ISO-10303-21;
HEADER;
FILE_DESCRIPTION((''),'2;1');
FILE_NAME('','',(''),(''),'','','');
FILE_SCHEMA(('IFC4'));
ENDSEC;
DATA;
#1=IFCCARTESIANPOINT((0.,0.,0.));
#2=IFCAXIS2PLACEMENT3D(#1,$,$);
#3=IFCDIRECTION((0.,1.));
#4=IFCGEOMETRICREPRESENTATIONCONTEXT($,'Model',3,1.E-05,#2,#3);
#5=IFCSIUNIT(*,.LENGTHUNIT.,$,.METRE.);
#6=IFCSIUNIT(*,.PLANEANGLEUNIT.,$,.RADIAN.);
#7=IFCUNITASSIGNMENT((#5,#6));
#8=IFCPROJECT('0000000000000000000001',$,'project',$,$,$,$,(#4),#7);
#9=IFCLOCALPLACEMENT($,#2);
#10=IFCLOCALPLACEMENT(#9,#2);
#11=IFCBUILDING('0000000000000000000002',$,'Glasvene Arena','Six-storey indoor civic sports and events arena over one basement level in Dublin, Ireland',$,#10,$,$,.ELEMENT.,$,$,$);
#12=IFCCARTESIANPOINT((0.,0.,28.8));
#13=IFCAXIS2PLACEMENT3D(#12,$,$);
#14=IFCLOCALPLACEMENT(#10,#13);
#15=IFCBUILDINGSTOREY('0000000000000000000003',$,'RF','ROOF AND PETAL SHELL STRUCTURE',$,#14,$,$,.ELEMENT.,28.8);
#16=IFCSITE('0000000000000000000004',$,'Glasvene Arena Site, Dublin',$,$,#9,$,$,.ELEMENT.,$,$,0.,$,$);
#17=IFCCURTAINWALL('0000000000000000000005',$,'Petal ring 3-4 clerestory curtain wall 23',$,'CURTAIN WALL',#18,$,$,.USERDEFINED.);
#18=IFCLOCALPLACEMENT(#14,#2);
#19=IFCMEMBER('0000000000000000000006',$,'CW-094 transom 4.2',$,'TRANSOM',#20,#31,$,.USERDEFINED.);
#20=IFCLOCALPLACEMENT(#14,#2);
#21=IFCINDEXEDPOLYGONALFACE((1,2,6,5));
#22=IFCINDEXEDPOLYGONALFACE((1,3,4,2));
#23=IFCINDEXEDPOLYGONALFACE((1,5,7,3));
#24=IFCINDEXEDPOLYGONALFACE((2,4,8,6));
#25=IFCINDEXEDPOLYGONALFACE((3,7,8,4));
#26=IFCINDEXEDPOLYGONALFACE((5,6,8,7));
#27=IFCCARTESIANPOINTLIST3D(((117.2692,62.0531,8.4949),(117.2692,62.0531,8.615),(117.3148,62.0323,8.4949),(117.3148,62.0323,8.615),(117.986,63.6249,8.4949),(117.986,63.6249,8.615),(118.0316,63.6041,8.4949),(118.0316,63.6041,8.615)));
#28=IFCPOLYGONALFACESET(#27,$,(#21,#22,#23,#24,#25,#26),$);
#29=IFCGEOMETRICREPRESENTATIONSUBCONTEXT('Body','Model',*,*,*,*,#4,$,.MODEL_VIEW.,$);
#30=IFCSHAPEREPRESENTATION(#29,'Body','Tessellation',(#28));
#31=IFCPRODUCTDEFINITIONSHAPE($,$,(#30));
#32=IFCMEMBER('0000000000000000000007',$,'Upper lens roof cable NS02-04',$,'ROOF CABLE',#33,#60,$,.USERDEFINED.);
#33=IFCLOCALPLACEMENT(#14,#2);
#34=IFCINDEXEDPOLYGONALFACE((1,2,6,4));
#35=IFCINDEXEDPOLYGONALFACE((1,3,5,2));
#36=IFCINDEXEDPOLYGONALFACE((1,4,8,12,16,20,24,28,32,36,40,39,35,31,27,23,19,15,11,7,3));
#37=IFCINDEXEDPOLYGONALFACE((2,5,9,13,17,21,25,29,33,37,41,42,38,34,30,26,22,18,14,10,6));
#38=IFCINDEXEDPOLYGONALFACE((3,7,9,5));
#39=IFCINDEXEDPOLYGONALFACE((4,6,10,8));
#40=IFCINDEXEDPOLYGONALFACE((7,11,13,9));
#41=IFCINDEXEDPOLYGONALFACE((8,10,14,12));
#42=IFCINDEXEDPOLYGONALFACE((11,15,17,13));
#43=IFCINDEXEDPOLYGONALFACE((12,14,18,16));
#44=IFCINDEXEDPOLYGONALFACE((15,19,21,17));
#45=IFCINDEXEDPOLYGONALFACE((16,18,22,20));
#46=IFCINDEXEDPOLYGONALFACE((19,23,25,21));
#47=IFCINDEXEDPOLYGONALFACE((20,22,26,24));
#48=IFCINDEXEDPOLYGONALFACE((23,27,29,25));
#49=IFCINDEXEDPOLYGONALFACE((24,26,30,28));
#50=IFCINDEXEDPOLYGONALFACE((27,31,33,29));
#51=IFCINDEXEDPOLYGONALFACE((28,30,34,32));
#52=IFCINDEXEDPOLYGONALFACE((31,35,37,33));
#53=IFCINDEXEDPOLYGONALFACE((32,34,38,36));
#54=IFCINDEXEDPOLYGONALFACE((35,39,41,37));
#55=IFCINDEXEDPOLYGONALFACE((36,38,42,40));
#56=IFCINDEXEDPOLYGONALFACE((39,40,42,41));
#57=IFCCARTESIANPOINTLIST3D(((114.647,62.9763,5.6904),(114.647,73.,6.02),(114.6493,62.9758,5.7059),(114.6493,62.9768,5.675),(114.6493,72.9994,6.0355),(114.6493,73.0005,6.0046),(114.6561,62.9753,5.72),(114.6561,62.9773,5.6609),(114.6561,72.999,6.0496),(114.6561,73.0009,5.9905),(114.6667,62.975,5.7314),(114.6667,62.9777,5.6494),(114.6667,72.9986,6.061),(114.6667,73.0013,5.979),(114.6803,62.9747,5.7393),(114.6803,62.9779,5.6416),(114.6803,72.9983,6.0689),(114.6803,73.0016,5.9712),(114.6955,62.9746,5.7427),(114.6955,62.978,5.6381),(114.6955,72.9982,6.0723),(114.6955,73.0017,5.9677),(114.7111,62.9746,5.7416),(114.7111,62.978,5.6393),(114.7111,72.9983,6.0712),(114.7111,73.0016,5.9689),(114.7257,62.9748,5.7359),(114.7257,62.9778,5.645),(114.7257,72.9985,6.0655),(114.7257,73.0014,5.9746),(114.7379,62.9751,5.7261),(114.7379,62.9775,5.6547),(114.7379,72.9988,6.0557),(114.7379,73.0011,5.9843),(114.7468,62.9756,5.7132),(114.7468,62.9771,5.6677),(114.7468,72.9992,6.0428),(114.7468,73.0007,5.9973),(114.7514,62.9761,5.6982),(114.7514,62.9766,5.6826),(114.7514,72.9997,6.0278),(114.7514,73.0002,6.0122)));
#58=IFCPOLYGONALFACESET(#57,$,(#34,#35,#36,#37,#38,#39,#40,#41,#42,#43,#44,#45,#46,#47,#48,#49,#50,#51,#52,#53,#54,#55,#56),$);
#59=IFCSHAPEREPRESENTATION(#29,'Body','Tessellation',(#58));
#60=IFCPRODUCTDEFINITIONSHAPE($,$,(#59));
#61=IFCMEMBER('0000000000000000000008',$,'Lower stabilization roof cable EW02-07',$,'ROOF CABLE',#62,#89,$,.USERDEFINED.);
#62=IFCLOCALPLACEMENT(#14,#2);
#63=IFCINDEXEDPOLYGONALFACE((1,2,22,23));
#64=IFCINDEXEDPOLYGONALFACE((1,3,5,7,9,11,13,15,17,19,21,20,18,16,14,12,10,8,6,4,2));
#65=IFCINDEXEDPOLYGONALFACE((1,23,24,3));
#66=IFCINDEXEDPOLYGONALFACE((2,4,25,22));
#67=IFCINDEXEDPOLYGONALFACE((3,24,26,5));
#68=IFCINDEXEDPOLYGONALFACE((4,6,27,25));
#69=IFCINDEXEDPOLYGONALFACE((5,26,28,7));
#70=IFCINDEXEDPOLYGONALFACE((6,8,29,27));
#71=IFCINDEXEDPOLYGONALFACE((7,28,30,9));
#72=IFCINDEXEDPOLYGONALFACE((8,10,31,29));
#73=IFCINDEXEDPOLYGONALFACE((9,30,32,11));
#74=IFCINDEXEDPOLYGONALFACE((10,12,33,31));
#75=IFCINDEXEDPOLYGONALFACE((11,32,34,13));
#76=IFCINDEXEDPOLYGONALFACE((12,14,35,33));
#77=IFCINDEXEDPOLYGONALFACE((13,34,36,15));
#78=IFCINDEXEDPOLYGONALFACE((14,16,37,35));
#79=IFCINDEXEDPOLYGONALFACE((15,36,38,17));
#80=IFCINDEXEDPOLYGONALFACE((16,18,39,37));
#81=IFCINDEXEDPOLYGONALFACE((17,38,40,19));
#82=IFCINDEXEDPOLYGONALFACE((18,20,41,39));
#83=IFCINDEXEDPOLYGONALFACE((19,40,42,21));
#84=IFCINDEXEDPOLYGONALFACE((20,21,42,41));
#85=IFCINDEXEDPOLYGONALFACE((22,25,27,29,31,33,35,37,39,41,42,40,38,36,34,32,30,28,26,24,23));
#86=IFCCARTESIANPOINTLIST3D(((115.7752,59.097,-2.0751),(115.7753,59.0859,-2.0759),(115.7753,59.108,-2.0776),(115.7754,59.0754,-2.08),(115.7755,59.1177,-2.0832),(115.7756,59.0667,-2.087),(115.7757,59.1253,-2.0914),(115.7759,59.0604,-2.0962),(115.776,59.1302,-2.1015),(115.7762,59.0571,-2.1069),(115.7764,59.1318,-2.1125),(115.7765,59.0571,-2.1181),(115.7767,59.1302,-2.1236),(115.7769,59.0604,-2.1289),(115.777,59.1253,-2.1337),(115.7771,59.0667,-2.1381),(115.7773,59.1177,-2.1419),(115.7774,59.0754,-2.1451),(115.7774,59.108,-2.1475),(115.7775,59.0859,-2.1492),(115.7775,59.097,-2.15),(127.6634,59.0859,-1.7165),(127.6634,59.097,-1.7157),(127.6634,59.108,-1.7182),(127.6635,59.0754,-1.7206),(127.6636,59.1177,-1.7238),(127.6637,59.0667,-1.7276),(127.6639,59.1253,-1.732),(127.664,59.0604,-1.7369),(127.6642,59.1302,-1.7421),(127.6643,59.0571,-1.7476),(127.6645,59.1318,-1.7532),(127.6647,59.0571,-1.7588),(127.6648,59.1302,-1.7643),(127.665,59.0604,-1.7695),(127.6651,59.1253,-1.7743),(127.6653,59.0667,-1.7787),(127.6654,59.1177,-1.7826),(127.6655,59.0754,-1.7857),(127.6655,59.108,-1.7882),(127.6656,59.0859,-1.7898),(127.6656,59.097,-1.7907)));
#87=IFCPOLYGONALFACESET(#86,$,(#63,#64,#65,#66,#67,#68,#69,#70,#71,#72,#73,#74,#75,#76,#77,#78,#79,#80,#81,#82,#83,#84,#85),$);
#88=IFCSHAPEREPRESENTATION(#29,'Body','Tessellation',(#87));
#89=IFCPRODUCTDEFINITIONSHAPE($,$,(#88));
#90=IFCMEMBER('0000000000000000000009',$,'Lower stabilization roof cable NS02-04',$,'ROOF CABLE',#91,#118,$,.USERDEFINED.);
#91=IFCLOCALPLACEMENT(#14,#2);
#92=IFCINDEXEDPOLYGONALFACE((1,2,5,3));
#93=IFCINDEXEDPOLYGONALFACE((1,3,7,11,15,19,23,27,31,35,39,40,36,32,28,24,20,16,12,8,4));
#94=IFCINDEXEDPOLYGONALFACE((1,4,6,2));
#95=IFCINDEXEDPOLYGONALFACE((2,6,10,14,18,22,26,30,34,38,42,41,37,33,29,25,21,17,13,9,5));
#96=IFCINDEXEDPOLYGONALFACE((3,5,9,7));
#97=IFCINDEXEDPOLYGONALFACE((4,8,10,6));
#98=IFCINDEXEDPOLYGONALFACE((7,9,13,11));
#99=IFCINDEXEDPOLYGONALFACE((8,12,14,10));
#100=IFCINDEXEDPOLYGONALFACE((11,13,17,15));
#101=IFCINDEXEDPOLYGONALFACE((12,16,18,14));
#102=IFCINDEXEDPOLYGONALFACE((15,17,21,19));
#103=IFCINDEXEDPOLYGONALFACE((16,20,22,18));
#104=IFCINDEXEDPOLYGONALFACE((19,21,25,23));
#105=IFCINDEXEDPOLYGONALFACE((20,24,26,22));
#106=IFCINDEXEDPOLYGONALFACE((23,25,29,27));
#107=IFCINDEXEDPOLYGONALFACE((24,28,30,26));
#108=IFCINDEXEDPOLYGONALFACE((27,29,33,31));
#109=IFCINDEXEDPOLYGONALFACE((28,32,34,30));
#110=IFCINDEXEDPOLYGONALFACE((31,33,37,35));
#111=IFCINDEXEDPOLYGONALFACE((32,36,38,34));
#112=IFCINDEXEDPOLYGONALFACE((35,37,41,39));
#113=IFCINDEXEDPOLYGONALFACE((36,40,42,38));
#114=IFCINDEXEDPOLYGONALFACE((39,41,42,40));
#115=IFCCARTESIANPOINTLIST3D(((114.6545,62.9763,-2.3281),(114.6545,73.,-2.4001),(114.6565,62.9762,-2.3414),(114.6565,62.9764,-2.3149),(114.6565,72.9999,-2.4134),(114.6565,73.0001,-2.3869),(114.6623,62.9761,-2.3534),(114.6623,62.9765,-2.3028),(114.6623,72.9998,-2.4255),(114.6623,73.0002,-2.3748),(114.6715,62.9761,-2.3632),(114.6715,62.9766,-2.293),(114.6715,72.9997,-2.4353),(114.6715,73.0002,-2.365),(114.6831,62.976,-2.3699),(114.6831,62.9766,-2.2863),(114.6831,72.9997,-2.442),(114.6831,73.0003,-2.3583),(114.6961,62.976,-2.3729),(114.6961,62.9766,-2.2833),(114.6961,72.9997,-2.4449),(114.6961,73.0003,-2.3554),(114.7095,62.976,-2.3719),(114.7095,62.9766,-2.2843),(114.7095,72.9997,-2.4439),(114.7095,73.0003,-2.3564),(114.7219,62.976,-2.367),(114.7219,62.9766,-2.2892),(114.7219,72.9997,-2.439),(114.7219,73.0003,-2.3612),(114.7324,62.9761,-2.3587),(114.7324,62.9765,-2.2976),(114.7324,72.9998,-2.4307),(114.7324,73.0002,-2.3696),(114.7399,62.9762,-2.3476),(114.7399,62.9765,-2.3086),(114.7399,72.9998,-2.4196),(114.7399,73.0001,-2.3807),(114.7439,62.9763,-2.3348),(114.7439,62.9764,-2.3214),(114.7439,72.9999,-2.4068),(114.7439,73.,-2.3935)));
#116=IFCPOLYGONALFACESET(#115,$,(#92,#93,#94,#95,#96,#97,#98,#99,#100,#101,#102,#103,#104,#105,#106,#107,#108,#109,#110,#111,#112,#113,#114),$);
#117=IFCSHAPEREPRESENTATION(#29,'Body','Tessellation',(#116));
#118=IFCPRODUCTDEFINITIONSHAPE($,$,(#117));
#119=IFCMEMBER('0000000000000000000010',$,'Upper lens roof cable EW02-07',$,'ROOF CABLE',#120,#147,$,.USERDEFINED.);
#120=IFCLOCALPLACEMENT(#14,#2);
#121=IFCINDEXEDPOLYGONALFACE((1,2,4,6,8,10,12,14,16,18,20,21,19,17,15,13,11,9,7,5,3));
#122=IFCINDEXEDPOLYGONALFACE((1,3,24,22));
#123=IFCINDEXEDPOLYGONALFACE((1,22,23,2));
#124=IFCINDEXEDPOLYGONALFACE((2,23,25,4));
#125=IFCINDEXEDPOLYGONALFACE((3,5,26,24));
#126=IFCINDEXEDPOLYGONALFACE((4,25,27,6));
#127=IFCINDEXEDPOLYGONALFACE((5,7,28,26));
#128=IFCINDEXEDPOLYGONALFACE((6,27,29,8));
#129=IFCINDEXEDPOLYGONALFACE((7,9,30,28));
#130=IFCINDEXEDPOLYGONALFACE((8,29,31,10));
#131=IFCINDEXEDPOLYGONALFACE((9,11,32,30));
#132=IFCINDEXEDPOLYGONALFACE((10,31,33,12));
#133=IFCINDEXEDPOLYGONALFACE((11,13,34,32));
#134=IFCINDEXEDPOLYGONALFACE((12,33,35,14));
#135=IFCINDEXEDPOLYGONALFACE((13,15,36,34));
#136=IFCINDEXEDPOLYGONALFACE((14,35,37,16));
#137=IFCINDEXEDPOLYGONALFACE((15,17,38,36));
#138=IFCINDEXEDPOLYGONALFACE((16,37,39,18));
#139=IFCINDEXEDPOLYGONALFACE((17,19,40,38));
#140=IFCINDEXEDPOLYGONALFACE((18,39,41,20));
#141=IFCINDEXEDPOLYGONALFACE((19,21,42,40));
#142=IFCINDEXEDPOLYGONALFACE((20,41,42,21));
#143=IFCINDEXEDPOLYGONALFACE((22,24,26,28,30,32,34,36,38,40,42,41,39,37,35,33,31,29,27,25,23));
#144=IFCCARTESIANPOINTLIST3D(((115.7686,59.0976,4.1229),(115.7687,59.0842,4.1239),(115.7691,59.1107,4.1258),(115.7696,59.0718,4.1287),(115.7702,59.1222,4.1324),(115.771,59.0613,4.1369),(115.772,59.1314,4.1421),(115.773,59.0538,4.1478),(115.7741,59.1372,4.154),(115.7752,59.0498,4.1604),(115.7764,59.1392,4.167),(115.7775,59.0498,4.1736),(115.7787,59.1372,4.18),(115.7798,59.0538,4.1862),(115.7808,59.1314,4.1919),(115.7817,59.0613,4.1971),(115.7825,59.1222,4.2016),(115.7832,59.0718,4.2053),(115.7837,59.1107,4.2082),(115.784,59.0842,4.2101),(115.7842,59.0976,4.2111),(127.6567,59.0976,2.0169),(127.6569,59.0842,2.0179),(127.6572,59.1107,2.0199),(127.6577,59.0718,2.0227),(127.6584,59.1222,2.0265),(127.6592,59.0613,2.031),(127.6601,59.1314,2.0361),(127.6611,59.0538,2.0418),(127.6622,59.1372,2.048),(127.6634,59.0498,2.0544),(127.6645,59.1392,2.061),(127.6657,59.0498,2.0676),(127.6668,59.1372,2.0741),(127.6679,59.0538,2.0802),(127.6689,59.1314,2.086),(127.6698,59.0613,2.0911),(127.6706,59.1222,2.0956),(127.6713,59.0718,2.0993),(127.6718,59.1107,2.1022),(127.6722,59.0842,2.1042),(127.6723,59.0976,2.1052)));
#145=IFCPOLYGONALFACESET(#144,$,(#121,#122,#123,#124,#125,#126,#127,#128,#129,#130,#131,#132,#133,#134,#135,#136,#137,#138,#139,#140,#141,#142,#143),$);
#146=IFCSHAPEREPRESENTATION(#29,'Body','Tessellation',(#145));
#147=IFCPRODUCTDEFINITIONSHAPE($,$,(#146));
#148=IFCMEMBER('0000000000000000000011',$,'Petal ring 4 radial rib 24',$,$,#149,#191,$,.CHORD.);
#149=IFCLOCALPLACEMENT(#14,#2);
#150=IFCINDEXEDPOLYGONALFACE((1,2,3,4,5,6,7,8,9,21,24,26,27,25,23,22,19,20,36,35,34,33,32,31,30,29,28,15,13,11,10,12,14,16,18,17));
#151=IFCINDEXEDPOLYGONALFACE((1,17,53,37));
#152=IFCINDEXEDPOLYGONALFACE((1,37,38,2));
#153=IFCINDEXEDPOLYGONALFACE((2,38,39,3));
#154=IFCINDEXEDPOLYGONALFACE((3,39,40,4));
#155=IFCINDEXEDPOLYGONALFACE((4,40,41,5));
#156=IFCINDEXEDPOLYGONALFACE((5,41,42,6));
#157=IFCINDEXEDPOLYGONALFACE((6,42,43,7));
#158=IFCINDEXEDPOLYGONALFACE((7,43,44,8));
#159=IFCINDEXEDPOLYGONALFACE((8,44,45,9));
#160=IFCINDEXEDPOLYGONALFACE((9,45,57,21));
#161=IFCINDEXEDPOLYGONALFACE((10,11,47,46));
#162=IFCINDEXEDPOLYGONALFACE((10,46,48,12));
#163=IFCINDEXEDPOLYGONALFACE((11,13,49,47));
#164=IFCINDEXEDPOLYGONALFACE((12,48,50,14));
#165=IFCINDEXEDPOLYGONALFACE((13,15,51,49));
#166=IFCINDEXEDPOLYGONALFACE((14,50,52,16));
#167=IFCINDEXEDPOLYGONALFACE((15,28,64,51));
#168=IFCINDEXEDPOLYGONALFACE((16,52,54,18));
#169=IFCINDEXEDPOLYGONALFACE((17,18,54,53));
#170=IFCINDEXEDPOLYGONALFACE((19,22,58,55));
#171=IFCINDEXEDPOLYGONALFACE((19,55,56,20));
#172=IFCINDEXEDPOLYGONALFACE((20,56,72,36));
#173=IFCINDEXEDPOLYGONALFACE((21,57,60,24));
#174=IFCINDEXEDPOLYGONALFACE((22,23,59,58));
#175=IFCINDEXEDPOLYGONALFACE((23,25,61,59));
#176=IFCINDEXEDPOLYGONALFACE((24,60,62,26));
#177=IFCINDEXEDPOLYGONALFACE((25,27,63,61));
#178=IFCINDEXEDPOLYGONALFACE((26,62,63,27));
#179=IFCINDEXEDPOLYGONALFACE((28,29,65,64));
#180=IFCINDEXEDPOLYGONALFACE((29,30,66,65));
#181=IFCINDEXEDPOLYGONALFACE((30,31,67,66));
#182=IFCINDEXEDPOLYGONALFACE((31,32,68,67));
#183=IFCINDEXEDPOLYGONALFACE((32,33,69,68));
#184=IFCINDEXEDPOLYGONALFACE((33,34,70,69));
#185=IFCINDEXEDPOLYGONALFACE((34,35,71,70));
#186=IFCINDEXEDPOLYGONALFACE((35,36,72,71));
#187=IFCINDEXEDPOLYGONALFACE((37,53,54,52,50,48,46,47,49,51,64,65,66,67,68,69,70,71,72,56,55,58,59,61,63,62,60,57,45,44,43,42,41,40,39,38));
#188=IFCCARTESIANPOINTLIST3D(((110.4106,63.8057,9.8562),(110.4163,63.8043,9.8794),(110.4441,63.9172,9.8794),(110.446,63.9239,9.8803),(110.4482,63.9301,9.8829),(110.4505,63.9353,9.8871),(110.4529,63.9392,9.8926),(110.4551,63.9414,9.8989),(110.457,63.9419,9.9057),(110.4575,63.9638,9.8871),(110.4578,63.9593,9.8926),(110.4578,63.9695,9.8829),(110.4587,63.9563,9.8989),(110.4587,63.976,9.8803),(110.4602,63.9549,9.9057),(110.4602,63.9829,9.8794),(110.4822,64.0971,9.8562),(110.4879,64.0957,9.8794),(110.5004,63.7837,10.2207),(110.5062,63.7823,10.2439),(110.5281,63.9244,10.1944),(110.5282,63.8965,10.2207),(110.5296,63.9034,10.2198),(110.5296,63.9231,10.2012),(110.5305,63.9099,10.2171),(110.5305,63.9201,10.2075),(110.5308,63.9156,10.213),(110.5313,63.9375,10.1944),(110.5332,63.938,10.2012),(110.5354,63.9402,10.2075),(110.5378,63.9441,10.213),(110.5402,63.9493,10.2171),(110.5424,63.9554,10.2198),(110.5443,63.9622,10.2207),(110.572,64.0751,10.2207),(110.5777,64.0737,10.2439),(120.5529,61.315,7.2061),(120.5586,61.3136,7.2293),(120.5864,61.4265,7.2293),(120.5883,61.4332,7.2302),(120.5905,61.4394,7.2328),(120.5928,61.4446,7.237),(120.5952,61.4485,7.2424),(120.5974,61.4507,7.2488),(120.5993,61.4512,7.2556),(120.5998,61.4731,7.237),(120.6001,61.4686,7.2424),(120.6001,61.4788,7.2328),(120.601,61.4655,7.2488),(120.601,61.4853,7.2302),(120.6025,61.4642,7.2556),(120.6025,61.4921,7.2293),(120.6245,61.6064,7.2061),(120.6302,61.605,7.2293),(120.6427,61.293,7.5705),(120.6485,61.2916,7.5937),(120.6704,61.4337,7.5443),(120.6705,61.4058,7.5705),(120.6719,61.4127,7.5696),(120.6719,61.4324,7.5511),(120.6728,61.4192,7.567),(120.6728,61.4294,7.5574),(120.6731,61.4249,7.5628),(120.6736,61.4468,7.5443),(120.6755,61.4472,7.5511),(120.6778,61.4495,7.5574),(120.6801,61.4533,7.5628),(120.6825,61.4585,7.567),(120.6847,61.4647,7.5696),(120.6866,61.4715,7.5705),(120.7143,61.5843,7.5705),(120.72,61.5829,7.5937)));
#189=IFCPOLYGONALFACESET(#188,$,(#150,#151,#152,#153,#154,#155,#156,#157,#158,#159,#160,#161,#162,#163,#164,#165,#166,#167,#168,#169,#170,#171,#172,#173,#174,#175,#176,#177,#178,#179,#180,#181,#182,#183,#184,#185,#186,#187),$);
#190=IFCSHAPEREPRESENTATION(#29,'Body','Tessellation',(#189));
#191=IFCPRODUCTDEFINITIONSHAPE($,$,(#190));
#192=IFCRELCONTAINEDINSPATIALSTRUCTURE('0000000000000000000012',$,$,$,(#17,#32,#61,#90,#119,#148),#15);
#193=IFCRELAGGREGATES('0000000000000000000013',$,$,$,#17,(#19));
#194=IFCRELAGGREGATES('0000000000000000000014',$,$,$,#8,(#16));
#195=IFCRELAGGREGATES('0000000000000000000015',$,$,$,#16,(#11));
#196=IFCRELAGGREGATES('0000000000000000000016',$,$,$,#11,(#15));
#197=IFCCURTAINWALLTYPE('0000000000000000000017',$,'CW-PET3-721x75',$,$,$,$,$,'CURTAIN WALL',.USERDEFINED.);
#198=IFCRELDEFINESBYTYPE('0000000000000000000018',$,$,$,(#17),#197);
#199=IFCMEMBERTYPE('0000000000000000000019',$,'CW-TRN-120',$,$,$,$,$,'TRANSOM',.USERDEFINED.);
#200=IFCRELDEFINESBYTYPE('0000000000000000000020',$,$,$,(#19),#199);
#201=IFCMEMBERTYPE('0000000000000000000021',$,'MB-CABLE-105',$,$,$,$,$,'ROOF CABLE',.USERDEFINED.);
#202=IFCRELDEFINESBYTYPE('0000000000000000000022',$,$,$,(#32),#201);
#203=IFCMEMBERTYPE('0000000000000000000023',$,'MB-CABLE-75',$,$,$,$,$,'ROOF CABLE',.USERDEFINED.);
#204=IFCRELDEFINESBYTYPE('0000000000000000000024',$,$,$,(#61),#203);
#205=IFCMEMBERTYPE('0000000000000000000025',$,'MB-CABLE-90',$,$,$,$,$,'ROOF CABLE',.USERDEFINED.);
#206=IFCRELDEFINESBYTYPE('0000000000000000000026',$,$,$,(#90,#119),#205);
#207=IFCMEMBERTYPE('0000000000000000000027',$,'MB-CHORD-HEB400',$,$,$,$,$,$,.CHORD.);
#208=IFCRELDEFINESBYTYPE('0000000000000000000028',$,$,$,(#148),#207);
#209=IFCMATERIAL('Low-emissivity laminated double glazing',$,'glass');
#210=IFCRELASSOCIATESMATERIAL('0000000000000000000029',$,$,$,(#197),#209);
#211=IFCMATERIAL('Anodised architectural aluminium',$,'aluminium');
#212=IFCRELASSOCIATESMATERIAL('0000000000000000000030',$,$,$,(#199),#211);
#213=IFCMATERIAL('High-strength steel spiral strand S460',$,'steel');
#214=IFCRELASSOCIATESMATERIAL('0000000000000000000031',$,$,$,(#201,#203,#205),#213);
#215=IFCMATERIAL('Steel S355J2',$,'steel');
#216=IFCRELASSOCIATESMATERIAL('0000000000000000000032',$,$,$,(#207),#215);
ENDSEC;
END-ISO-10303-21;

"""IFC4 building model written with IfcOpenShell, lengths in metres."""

from ifc_helpers import new_model, si_unit, direction, frame, origin, origin_2d, place, context, subcontext, project, spatial, rectangle, circle, i_section, extrude, material, material_profile, profile_set, type_object, element, aggregate, save


model = new_model("IFC4")

# Units and contexts
model_context = context("Model", 3, precision=1e-05, world=origin(), true_north=direction((0.0, 1.0)))
body_context = subcontext(model_context, "Body", "Model", "MODEL_VIEW")
ifc_project = project(units=[si_unit("LENGTHUNIT", "METRE"), si_unit("PLANEANGLEUNIT", "RADIAN")], contexts=[model_context])

# Site, building, storey
site_placement = place(None, origin())
site = spatial("IfcSite", under=ifc_project, at=site_placement, Name="Glasvene Arena Site, Dublin", CompositionType="ELEMENT", RefElevation=0.0)
building_placement = place(site_placement, origin())
building = spatial("IfcBuilding", under=site, at=building_placement, Name="Glasvene Arena", Description="Six-storey indoor civic sports and events arena over one basement level in Dublin, Ireland", CompositionType="ELEMENT")
storey_placement = place(building_placement, frame((0.0, 0.0, 28.8)))
storey = spatial("IfcBuildingStorey", under=building, at=storey_placement, Name="RF", Description="ROOF AND PETAL SHELL STRUCTURE", CompositionType="ELEMENT", Elevation=28.8)

# Shared definitions
ifc_material_1 = material(Name="Low-emissivity laminated double glazing", Category="glass")
ifc_material_2 = material(Name="Anodised architectural aluminium", Category="aluminium")

# Curtain wall
curtain_wall_type_1 = type_object("IfcCurtainWallType", Name="CW-PET3-721x75", ElementType="CURTAIN WALL", PredefinedType="USERDEFINED", material=ifc_material_1)
curtain_wall_1_placement = place(storey_placement, frame((115.0376, 57.1001, 0.0)))
curtain_wall_1 = element("IfcCurtainWall", 1, at=curtain_wall_1_placement, inside=storey, type_object=curtain_wall_type_1, Name="Petal ring 3-4 clerestory curtain wall 23", ObjectType="CURTAIN WALL", PredefinedType="USERDEFINED")
ifc_material_profile_1 = material_profile(ifc_material_2, rectangle(XDim=0.05, YDim=0.1201, at=origin_2d()), Name="ALU TRANSOM 50x120")
ifc_profile_set_1 = profile_set([ifc_material_profile_1], Name="Anodised architectural aluminium")
member_type_1 = type_object("IfcMemberType", Name="CW-TRN-120", ElementType="TRANSOM", PredefinedType="USERDEFINED", material=ifc_profile_set_1)

# Member
member_1_placement = place(storey_placement, frame((117.292, 62.0427, 8.5549), z_axis=(0.414931, 0.909853, 0.0), x_axis=(-0.909853, 0.414931, 0.0)))
member_1 = element("IfcMember", 2, at=member_1_placement, type_object=member_type_1, Name="CW-094 transom 4.2", ObjectType="TRANSOM", PredefinedType="USERDEFINED", context=body_context, shape_type="SweptSolid", body=[
    extrude(rectangle(XDim=0.05, YDim=0.1201, at=origin_2d()), origin(), (0.0, 0.0, 1.0), 1.7275),
])

# Members
ifc_material_3 = material(Name="High-strength steel spiral strand S460", Category="steel")
ifc_material_profile_2 = material_profile(ifc_material_3, circle(Radius=0.0525, at=origin_2d()), Name="LCSS D105")
ifc_profile_set_2 = profile_set([ifc_material_profile_2], Name="High-strength steel spiral strand S460")
member_type_2 = type_object("IfcMemberType", Name="MB-CABLE-105", ElementType="ROOF CABLE", PredefinedType="USERDEFINED", material=ifc_profile_set_2)
member_2_placement = place(storey_placement, frame((114.6995, 62.9763, 5.6904), z_axis=(0.0, 0.99946, 0.032863), x_axis=(-1.0, 0.0, 0.0)))
element("IfcMember", 3, at=member_2_placement, inside=storey, type_object=member_type_2, Name="Upper lens roof cable NS02-04", ObjectType="ROOF CABLE", PredefinedType="USERDEFINED", context=body_context, shape_type="SweptSolid", body=[
    extrude(circle(Radius=0.0525, at=origin_2d()), origin(), (0.0, 0.0, 1.0), 10.0291),
])
ifc_material_profile_3 = material_profile(ifc_material_3, circle(Radius=0.0376, at=origin_2d()), Name="LCSS D75")
ifc_profile_set_3 = profile_set([ifc_material_profile_3], Name="High-strength steel spiral strand S460")
member_type_3 = type_object("IfcMemberType", Name="MB-CABLE-75", ElementType="ROOF CABLE", PredefinedType="USERDEFINED", material=ifc_profile_set_3)
member_3_placement = place(storey_placement, frame((115.7764, 59.0942, -2.1125), z_axis=(0.999543, 0.0, 0.030216), x_axis=(0.0, 1.0, 0.0)))
element("IfcMember", 4, at=member_3_placement, inside=storey, type_object=member_type_3, Name="Lower stabilization roof cable EW02-07", ObjectType="ROOF CABLE", PredefinedType="USERDEFINED", context=body_context, shape_type="SweptSolid", body=[
    extrude(circle(Radius=0.0376, at=origin_2d()), origin(), (0.0, 0.0, 1.0), 11.8936),
])
ifc_material_profile_4 = material_profile(ifc_material_3, circle(Radius=0.0449, at=origin_2d()), Name="LCSS D90")
ifc_profile_set_4 = profile_set([ifc_material_profile_4], Name="High-strength steel spiral strand S460")
member_type_4 = type_object("IfcMemberType", Name="MB-CABLE-90", ElementType="ROOF CABLE", PredefinedType="USERDEFINED", material=ifc_profile_set_4)
member_4_placement = place(storey_placement, frame((114.6995, 62.9763, -2.3281), z_axis=(0.0, 0.999974, -0.007185), x_axis=(-1.0, 0.0, 0.0)))
element("IfcMember", 5, at=member_4_placement, inside=storey, type_object=member_type_4, Name="Lower stabilization roof cable NS02-04", ObjectType="ROOF CABLE", PredefinedType="USERDEFINED", context=body_context, shape_type="SweptSolid", body=[
    extrude(circle(Radius=0.0449, at=origin_2d()), origin(), (0.0, 0.0, 1.0), 10.0239),
])
member_5_placement = place(storey_placement, frame((115.7764, 59.0942, 4.167), z_axis=(0.984669, 0.0, -0.174431), x_axis=(0.0, 1.0, 0.0)))
element("IfcMember", 6, at=member_5_placement, inside=storey, type_object=member_type_4, Name="Upper lens roof cable EW02-07", ObjectType="ROOF CABLE", PredefinedType="USERDEFINED", context=body_context, shape_type="SweptSolid", body=[
    extrude(circle(Radius=0.0449, at=origin_2d()), origin(), (0.0, 0.0, 1.0), 12.0732),
])
ifc_material_4 = material(Name="Steel S355J2", Category="steel")
ifc_material_profile_5 = material_profile(ifc_material_4, i_section(OverallWidth=0.3, OverallDepth=0.3999, WebThickness=0.0134, FlangeThickness=0.0239, FilletRadius=0.0271, at=origin_2d()), Name="HEB 400")
ifc_profile_set_5 = profile_set([ifc_material_profile_5], Name="Steel S355J2")
member_type_5 = type_object("IfcMemberType", Name="MB-CHORD-HEB400", PredefinedType="CHORD", material=ifc_profile_set_5)
member_6_placement = place(storey_placement, frame((120.6365, 61.449, 7.3999), z_axis=(-0.941311, 0.231164, 0.24596), x_axis=(-0.238491, -0.971145, 0.0)))
element("IfcMember", 7, at=member_6_placement, inside=storey, type_object=member_type_5, Name="Petal ring 4 radial rib 24", PredefinedType="CHORD", context=body_context, shape_type="SweptSolid", body=[
    extrude(i_section(OverallWidth=0.3, OverallDepth=0.3999, WebThickness=0.0134, FlangeThickness=0.0239, FilletRadius=0.0271, at=origin_2d()), origin(), (0.0, 0.0, 1.0), 10.7747),
])

aggregate(curtain_wall_1, [member_1])

save(model, "model.ifc")
